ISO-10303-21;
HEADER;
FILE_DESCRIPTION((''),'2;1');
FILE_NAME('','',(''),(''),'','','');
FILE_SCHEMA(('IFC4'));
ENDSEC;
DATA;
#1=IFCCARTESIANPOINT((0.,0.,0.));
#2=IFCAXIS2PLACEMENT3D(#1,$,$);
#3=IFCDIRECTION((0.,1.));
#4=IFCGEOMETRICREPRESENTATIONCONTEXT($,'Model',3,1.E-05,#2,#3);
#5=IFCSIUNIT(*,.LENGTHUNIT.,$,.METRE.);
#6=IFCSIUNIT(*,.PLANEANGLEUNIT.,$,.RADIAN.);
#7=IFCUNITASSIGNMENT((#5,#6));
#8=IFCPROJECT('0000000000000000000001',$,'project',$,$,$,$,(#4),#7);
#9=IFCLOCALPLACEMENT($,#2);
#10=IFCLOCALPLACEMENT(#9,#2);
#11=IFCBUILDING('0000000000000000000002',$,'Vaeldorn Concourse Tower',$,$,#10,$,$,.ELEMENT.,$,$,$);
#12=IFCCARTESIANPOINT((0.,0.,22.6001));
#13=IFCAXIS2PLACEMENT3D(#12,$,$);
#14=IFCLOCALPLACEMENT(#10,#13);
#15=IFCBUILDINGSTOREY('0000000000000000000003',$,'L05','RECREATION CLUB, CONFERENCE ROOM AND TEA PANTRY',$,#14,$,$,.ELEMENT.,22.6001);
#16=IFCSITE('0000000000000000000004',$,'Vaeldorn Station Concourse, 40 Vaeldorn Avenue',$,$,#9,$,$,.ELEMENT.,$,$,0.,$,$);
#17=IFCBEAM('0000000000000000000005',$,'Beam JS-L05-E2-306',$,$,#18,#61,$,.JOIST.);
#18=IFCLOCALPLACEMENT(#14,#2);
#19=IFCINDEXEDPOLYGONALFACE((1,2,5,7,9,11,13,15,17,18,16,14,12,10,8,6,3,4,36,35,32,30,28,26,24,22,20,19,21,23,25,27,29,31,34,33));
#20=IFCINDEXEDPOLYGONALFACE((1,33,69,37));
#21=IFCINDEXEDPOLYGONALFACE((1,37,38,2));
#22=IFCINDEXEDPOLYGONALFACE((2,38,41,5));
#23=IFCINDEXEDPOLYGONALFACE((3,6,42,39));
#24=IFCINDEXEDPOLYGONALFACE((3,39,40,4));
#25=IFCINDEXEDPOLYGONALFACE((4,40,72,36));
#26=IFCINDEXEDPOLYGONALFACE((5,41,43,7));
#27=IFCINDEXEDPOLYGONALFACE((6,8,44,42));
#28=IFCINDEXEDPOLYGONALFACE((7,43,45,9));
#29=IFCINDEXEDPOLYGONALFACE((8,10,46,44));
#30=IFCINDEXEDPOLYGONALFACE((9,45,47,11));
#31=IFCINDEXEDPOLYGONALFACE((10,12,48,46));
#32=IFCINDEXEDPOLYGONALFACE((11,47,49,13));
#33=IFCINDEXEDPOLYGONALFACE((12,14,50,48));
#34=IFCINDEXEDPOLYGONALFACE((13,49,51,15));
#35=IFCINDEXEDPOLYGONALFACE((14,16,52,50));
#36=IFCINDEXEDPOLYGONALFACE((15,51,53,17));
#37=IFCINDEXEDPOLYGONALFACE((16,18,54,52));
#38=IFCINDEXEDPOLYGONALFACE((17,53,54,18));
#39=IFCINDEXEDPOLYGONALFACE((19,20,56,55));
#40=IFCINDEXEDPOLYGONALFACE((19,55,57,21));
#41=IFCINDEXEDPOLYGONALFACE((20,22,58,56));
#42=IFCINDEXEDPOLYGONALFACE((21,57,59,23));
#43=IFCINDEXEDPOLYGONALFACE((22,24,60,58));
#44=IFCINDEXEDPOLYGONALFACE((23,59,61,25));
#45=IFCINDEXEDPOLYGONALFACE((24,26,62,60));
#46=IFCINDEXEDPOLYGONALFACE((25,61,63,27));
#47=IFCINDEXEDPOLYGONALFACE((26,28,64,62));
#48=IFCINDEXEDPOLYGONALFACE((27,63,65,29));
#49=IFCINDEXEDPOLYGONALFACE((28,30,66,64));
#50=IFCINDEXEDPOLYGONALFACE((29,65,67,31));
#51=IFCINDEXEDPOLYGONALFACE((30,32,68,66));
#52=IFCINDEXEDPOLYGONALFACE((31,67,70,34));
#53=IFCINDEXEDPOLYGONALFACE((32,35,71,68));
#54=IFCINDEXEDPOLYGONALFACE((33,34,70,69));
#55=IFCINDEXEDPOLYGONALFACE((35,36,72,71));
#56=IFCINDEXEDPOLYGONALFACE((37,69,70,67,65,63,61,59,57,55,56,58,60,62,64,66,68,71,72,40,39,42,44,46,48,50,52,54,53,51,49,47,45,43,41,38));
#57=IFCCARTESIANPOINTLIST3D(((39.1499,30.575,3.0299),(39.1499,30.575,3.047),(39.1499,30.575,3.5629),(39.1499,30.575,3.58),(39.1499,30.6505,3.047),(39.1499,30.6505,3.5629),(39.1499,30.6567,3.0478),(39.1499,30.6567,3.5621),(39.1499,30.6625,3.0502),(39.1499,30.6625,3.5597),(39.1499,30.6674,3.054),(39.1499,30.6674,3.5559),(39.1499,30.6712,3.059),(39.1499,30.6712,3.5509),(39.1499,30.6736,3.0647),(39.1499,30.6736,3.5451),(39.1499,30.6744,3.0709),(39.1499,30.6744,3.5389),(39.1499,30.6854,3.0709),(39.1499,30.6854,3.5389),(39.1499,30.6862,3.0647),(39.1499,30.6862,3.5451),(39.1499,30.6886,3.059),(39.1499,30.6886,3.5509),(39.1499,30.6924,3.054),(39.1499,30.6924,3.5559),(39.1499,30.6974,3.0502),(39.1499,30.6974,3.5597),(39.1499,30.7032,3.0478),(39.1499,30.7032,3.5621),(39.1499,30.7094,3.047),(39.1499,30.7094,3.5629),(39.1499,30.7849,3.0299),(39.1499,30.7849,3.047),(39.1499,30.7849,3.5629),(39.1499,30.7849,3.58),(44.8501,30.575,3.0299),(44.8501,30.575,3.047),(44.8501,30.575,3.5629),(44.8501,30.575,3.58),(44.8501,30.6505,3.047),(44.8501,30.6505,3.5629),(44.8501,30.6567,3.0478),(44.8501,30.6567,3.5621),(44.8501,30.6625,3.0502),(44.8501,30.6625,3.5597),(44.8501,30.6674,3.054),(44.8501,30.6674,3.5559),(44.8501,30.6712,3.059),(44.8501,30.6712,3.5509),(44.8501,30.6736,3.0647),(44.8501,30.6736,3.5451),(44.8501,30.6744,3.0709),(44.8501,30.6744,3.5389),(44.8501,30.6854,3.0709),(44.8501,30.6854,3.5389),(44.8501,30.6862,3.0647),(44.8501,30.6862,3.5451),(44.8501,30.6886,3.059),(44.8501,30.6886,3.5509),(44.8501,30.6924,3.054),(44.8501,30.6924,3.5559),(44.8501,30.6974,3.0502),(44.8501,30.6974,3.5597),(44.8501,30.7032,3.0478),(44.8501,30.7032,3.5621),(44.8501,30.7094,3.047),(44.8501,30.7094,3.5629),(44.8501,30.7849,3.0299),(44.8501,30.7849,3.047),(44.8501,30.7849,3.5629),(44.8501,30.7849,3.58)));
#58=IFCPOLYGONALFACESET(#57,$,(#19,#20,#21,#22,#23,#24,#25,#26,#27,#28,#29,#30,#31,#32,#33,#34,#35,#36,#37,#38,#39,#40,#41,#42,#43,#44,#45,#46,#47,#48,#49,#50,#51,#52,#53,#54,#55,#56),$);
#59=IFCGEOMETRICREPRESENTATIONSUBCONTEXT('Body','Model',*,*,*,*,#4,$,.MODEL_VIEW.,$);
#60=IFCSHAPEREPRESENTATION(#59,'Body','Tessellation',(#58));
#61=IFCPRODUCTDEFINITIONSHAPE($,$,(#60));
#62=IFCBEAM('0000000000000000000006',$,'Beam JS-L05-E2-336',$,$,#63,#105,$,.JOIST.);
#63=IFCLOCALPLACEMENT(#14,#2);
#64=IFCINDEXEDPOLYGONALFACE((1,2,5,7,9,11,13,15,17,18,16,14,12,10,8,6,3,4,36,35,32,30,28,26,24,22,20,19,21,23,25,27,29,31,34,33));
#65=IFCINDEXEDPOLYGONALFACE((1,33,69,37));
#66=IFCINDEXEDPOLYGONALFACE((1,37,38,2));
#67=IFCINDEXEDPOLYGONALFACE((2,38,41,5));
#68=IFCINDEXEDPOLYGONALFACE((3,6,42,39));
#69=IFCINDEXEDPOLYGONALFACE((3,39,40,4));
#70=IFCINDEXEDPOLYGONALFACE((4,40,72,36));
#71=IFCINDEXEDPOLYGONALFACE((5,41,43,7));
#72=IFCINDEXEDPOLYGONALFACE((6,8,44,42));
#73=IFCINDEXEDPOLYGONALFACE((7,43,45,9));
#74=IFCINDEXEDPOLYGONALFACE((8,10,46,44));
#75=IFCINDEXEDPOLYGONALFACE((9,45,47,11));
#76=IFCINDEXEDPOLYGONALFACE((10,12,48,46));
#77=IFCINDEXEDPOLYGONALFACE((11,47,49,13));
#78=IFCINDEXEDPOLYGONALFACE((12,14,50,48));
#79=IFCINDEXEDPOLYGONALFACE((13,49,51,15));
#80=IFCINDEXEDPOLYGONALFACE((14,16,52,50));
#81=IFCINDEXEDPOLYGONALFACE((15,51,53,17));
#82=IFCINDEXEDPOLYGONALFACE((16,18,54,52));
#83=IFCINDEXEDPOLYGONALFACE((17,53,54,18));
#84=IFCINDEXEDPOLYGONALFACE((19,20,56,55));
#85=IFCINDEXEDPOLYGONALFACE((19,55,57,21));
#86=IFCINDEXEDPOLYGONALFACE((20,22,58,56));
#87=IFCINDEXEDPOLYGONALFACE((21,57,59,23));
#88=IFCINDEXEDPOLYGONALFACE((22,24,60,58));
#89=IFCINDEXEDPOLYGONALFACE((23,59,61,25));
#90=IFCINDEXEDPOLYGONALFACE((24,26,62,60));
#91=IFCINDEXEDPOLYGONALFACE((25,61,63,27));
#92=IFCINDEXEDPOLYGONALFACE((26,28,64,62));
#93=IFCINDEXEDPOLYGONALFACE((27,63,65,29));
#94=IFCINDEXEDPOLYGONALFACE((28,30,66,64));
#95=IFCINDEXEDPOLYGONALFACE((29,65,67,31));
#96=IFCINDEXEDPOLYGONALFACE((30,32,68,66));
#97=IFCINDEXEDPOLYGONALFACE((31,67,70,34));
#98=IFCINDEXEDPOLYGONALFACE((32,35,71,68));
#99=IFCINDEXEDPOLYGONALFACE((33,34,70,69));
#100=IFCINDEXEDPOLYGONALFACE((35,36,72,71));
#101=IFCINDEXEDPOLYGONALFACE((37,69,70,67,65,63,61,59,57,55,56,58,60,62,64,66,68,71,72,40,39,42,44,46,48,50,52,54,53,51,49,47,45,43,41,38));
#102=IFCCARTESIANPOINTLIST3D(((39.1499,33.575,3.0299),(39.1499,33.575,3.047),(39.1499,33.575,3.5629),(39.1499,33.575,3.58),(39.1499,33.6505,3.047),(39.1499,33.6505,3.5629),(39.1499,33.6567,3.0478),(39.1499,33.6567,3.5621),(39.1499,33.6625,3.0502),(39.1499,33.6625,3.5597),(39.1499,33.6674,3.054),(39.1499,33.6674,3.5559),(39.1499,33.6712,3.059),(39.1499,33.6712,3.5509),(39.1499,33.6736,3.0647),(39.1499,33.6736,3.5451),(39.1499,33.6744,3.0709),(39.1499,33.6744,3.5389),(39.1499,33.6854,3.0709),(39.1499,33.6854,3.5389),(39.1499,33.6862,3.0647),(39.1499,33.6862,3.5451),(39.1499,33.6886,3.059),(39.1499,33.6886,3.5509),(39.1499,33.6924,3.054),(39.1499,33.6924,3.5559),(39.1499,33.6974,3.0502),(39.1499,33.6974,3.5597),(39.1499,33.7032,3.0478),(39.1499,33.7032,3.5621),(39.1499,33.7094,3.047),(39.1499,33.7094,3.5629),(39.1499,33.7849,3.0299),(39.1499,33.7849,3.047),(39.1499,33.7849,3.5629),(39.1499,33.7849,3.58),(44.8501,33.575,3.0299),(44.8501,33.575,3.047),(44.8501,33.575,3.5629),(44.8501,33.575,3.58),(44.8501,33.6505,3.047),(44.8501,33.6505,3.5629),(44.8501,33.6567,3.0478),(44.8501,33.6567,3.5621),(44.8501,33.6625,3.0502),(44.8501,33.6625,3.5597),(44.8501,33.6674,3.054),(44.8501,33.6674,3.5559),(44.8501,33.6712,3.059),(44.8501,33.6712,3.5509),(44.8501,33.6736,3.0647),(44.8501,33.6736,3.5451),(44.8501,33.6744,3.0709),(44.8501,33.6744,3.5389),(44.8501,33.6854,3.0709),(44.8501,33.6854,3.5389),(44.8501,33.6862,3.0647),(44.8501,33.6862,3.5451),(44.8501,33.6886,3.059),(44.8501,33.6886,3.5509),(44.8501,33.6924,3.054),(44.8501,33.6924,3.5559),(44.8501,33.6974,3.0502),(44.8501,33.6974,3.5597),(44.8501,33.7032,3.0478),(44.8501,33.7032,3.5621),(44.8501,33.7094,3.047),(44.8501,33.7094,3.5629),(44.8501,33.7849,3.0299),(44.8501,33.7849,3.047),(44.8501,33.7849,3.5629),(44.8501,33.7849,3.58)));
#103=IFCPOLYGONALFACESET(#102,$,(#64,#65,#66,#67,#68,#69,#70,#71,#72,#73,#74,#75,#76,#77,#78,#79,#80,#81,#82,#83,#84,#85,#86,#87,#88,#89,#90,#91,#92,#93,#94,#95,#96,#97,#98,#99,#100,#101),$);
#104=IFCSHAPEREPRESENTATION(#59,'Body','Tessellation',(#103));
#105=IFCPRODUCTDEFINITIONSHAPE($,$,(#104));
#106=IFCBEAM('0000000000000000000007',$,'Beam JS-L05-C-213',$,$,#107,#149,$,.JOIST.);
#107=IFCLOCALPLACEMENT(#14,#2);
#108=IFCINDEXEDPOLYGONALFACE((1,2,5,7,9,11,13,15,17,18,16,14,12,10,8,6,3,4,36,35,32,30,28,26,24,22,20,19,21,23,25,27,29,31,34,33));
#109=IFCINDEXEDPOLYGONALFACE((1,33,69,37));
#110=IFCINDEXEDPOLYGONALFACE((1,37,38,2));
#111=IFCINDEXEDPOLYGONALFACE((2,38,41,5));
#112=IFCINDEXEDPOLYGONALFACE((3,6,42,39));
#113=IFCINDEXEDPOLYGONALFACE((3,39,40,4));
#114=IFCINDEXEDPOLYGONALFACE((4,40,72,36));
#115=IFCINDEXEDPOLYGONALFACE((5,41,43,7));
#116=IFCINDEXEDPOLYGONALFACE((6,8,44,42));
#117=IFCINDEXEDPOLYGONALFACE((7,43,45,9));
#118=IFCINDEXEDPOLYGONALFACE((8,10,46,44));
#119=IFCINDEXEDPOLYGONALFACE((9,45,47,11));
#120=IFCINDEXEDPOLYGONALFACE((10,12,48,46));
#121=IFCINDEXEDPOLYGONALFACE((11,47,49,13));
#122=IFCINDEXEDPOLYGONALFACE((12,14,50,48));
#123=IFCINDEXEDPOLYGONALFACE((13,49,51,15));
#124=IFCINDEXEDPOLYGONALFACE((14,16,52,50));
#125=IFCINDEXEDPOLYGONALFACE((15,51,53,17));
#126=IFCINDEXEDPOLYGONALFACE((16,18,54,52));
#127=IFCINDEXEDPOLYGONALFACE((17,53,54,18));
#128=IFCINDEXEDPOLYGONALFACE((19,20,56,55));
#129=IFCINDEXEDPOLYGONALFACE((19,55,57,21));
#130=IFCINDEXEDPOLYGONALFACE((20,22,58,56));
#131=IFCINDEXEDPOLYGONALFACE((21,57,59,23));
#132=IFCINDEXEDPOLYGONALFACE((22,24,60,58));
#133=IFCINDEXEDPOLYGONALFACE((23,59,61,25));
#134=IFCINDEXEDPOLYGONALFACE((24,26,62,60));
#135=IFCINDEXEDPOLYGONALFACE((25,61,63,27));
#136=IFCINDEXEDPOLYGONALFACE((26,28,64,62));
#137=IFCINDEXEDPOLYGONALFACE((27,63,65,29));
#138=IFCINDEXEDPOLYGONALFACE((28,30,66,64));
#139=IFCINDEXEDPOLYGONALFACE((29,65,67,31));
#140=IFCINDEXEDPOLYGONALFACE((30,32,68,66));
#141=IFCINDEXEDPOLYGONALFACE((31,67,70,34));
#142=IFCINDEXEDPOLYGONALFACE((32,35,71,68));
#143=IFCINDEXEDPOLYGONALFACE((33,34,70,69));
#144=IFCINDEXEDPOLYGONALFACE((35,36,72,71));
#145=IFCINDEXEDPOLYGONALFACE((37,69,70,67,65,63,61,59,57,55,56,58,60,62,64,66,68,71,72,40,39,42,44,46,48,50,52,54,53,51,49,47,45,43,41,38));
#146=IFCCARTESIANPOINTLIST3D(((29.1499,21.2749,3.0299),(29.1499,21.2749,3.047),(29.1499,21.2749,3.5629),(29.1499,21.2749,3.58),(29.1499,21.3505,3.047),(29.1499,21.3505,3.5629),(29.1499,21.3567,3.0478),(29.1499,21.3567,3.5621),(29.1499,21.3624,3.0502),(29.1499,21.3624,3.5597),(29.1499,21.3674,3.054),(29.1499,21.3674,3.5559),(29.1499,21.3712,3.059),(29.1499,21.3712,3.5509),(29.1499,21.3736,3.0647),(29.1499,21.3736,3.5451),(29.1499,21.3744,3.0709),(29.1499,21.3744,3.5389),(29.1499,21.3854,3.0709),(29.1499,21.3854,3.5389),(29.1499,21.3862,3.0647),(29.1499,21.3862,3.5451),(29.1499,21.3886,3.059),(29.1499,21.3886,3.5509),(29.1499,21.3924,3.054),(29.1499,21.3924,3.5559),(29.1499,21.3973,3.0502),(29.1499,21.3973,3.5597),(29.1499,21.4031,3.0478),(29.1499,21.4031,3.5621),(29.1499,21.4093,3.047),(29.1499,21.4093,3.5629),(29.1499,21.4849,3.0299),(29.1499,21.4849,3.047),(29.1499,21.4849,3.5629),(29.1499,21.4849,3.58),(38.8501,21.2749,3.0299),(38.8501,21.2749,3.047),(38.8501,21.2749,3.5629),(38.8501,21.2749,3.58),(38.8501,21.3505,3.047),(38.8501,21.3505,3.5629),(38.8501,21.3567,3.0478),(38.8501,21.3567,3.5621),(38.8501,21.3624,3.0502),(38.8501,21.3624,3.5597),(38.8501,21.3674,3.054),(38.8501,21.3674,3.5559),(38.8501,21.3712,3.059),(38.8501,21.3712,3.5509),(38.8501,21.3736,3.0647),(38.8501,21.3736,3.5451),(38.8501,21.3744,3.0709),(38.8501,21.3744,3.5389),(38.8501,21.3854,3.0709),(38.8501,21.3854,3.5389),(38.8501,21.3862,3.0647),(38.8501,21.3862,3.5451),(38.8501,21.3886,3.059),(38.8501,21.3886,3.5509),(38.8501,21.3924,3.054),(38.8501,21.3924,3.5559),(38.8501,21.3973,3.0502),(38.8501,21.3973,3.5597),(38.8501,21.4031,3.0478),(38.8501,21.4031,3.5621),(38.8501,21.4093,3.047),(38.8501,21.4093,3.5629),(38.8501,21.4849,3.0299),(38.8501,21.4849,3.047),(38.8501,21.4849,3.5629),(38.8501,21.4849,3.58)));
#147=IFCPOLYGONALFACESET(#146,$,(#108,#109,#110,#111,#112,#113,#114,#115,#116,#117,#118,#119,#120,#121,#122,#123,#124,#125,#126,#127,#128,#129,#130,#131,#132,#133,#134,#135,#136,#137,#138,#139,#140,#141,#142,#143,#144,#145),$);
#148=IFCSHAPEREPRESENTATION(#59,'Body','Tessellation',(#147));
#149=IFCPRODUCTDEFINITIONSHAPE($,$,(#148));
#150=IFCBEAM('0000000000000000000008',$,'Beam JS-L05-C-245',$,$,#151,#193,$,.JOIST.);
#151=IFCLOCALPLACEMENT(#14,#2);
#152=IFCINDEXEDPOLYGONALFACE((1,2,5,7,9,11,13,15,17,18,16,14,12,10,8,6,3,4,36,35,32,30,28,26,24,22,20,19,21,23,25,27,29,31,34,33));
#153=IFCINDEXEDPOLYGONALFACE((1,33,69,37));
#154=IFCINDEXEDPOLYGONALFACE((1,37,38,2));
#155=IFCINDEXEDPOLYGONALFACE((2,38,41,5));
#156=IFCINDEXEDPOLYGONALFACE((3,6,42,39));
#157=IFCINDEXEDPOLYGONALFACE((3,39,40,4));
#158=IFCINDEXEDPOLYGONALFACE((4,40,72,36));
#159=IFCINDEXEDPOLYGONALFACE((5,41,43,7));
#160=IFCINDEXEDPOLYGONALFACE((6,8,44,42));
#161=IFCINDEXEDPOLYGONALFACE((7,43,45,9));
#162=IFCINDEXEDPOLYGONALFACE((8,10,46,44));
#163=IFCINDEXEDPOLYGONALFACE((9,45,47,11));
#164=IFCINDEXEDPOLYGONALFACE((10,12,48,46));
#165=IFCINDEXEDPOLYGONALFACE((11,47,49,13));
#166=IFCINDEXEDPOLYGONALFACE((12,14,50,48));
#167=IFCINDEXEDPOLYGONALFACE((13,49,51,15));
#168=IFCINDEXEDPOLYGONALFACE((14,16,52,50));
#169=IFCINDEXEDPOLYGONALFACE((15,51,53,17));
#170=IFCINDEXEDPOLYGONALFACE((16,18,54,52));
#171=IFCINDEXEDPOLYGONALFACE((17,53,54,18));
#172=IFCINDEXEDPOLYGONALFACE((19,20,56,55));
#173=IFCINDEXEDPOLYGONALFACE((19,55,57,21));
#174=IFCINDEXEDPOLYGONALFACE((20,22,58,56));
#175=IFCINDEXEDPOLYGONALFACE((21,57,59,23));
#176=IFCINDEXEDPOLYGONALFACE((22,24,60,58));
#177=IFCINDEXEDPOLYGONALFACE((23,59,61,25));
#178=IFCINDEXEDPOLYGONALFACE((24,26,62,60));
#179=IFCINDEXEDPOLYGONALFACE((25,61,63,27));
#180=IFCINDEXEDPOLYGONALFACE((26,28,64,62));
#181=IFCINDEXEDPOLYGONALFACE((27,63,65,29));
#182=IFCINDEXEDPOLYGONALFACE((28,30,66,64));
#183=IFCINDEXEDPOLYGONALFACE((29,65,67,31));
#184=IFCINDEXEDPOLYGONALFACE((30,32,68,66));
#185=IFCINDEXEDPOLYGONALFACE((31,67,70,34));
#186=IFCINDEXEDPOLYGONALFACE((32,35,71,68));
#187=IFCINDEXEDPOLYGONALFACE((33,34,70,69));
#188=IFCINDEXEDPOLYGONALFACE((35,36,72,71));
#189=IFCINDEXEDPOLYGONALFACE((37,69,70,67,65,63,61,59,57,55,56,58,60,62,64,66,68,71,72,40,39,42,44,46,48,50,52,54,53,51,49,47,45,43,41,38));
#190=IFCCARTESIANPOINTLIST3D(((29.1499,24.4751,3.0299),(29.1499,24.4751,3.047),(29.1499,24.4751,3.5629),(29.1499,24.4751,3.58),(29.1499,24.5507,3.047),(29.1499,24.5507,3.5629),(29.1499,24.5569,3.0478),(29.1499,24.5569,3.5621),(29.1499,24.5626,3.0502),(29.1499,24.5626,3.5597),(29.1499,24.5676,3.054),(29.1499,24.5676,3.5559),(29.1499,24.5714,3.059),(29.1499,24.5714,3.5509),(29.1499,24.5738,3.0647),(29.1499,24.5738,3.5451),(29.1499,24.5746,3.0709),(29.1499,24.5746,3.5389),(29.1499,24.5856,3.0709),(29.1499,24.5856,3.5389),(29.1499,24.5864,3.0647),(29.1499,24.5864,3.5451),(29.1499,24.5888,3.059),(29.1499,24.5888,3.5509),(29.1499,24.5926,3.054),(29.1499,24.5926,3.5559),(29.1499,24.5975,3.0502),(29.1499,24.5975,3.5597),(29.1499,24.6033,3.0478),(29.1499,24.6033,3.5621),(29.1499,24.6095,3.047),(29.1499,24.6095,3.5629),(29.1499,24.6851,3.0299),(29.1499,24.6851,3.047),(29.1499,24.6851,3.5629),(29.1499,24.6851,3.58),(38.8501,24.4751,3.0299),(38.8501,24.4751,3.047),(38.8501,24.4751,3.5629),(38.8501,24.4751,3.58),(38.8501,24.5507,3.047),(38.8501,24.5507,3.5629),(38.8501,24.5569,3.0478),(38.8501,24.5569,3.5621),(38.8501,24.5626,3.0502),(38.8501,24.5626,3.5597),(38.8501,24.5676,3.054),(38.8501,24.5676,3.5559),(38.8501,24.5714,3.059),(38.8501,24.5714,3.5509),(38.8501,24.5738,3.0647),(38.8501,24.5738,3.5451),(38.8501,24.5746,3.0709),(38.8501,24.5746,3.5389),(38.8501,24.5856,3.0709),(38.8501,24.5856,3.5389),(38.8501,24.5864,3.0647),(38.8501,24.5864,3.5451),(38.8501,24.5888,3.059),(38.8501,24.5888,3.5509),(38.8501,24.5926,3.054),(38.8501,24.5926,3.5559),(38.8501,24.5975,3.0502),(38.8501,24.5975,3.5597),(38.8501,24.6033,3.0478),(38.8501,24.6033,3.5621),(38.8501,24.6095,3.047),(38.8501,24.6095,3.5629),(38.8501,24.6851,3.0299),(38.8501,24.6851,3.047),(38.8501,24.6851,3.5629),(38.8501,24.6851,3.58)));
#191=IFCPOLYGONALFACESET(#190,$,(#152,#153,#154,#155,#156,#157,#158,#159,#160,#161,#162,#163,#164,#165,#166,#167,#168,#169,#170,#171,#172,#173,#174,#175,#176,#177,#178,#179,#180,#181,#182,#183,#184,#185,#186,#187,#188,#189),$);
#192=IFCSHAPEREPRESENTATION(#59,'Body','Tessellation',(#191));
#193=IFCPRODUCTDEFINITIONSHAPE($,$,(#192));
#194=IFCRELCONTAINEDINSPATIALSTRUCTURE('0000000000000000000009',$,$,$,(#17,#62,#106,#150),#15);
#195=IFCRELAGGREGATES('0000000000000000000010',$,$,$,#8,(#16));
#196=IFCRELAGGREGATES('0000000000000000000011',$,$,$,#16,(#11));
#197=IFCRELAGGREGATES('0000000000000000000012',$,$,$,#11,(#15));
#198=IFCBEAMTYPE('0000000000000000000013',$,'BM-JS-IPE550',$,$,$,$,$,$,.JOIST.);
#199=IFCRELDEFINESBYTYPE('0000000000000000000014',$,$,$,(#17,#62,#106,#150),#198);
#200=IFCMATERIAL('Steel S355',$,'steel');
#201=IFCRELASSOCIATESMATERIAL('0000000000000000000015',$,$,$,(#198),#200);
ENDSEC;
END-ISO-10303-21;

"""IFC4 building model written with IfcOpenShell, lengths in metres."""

from ifc_helpers import new_model, si_unit, direction, frame, origin, origin_2d, place, context, subcontext, project, spatial, i_section, extrude, source, transform, mapped, material, material_profile, profile_set, type_object, element, save


model = new_model("IFC4")

# Units and contexts
model_context = context("Model", 3, precision=1e-05, world=origin(), true_north=direction((0.0, 1.0)))
body_context = subcontext(model_context, "Body", "Model", "MODEL_VIEW")
ifc_project = project(units=[si_unit("LENGTHUNIT", "METRE"), si_unit("PLANEANGLEUNIT", "RADIAN")], contexts=[model_context])

# Site, building, storey
site_placement = place(None, origin())
site = spatial("IfcSite", under=ifc_project, at=site_placement, Name="Vaeldorn Station Concourse, 40 Vaeldorn Avenue", CompositionType="ELEMENT", RefElevation=0.0)
building_placement = place(site_placement, origin())
building = spatial("IfcBuilding", under=site, at=building_placement, Name="Vaeldorn Concourse Tower", CompositionType="ELEMENT")
storey_placement = place(building_placement, frame((0.0, 0.0, 22.6001)))
storey = spatial("IfcBuildingStorey", under=building, at=storey_placement, Name="L05", Description="RECREATION CLUB, CONFERENCE ROOM AND TEA PANTRY", CompositionType="ELEMENT", Elevation=22.6001)

# Beams
ifc_material_1 = material(Name="Steel S355", Category="steel")
ifc_material_profile_1 = material_profile(ifc_material_1, i_section(OverallWidth=0.21, OverallDepth=0.55, WebThickness=0.011, FlangeThickness=0.0171, FilletRadius=0.0239, at=origin_2d()), Name="IPE 550")
ifc_profile_set_1 = profile_set([ifc_material_profile_1], Name="Steel S355")
beam_type_1 = type_object("IfcBeamType", Name="BM-JS-IPE550", PredefinedType="JOIST", material=ifc_profile_set_1)
shared_shape_1 = source(origin(), body_context, "Body", "SweptSolid", [
    extrude(i_section(OverallWidth=0.21, OverallDepth=0.55, WebThickness=0.011, FlangeThickness=0.0171, FilletRadius=0.0239, at=origin_2d()), origin(), (0.0, 0.0, 1.0), 5.7002),
])
for number, where, z_axis, x_axis, name in (
    (1, (39.1499, 30.6799, 3.3049), (1.0, 0.0, 0.0), (0.0, 1.0, 0.0), "Beam JS-L05-E2-306"),
    (2, (39.1499, 33.6799, 3.3049), (1.0, 0.0, 0.0), (0.0, 1.0, 0.0), "Beam JS-L05-E2-336"),
):
    element("IfcBeam", number, at=place(storey_placement, frame(where, z_axis=z_axis, x_axis=x_axis)), inside=storey, type_object=beam_type_1, Name=name, PredefinedType="JOIST", context=body_context, shape_type="MappedRepresentation", body=[
        mapped(shared_shape_1, transform((0.0, 0.0, 0.0), scale=1.0)),
    ])
shared_shape_2 = source(origin(), body_context, "Body", "SweptSolid", [
    extrude(i_section(OverallWidth=0.21, OverallDepth=0.55, WebThickness=0.011, FlangeThickness=0.0171, FilletRadius=0.0239, at=origin_2d()), origin(), (0.0, 0.0, 1.0), 9.7002),
])
for number, where, z_axis, x_axis, name in (
    (3, (29.1499, 21.3799, 3.3049), (1.0, 0.0, 0.0), (0.0, 1.0, 0.0), "Beam JS-L05-C-213"),
    (4, (29.1499, 24.5801, 3.3049), (1.0, 0.0, 0.0), (0.0, 1.0, 0.0), "Beam JS-L05-C-245"),
):
    element("IfcBeam", number, at=place(storey_placement, frame(where, z_axis=z_axis, x_axis=x_axis)), inside=storey, type_object=beam_type_1, Name=name, PredefinedType="JOIST", context=body_context, shape_type="MappedRepresentation", body=[
        mapped(shared_shape_2, transform((0.0, 0.0, 0.0), scale=1.0)),
    ])

save(model, "model.ifc")
